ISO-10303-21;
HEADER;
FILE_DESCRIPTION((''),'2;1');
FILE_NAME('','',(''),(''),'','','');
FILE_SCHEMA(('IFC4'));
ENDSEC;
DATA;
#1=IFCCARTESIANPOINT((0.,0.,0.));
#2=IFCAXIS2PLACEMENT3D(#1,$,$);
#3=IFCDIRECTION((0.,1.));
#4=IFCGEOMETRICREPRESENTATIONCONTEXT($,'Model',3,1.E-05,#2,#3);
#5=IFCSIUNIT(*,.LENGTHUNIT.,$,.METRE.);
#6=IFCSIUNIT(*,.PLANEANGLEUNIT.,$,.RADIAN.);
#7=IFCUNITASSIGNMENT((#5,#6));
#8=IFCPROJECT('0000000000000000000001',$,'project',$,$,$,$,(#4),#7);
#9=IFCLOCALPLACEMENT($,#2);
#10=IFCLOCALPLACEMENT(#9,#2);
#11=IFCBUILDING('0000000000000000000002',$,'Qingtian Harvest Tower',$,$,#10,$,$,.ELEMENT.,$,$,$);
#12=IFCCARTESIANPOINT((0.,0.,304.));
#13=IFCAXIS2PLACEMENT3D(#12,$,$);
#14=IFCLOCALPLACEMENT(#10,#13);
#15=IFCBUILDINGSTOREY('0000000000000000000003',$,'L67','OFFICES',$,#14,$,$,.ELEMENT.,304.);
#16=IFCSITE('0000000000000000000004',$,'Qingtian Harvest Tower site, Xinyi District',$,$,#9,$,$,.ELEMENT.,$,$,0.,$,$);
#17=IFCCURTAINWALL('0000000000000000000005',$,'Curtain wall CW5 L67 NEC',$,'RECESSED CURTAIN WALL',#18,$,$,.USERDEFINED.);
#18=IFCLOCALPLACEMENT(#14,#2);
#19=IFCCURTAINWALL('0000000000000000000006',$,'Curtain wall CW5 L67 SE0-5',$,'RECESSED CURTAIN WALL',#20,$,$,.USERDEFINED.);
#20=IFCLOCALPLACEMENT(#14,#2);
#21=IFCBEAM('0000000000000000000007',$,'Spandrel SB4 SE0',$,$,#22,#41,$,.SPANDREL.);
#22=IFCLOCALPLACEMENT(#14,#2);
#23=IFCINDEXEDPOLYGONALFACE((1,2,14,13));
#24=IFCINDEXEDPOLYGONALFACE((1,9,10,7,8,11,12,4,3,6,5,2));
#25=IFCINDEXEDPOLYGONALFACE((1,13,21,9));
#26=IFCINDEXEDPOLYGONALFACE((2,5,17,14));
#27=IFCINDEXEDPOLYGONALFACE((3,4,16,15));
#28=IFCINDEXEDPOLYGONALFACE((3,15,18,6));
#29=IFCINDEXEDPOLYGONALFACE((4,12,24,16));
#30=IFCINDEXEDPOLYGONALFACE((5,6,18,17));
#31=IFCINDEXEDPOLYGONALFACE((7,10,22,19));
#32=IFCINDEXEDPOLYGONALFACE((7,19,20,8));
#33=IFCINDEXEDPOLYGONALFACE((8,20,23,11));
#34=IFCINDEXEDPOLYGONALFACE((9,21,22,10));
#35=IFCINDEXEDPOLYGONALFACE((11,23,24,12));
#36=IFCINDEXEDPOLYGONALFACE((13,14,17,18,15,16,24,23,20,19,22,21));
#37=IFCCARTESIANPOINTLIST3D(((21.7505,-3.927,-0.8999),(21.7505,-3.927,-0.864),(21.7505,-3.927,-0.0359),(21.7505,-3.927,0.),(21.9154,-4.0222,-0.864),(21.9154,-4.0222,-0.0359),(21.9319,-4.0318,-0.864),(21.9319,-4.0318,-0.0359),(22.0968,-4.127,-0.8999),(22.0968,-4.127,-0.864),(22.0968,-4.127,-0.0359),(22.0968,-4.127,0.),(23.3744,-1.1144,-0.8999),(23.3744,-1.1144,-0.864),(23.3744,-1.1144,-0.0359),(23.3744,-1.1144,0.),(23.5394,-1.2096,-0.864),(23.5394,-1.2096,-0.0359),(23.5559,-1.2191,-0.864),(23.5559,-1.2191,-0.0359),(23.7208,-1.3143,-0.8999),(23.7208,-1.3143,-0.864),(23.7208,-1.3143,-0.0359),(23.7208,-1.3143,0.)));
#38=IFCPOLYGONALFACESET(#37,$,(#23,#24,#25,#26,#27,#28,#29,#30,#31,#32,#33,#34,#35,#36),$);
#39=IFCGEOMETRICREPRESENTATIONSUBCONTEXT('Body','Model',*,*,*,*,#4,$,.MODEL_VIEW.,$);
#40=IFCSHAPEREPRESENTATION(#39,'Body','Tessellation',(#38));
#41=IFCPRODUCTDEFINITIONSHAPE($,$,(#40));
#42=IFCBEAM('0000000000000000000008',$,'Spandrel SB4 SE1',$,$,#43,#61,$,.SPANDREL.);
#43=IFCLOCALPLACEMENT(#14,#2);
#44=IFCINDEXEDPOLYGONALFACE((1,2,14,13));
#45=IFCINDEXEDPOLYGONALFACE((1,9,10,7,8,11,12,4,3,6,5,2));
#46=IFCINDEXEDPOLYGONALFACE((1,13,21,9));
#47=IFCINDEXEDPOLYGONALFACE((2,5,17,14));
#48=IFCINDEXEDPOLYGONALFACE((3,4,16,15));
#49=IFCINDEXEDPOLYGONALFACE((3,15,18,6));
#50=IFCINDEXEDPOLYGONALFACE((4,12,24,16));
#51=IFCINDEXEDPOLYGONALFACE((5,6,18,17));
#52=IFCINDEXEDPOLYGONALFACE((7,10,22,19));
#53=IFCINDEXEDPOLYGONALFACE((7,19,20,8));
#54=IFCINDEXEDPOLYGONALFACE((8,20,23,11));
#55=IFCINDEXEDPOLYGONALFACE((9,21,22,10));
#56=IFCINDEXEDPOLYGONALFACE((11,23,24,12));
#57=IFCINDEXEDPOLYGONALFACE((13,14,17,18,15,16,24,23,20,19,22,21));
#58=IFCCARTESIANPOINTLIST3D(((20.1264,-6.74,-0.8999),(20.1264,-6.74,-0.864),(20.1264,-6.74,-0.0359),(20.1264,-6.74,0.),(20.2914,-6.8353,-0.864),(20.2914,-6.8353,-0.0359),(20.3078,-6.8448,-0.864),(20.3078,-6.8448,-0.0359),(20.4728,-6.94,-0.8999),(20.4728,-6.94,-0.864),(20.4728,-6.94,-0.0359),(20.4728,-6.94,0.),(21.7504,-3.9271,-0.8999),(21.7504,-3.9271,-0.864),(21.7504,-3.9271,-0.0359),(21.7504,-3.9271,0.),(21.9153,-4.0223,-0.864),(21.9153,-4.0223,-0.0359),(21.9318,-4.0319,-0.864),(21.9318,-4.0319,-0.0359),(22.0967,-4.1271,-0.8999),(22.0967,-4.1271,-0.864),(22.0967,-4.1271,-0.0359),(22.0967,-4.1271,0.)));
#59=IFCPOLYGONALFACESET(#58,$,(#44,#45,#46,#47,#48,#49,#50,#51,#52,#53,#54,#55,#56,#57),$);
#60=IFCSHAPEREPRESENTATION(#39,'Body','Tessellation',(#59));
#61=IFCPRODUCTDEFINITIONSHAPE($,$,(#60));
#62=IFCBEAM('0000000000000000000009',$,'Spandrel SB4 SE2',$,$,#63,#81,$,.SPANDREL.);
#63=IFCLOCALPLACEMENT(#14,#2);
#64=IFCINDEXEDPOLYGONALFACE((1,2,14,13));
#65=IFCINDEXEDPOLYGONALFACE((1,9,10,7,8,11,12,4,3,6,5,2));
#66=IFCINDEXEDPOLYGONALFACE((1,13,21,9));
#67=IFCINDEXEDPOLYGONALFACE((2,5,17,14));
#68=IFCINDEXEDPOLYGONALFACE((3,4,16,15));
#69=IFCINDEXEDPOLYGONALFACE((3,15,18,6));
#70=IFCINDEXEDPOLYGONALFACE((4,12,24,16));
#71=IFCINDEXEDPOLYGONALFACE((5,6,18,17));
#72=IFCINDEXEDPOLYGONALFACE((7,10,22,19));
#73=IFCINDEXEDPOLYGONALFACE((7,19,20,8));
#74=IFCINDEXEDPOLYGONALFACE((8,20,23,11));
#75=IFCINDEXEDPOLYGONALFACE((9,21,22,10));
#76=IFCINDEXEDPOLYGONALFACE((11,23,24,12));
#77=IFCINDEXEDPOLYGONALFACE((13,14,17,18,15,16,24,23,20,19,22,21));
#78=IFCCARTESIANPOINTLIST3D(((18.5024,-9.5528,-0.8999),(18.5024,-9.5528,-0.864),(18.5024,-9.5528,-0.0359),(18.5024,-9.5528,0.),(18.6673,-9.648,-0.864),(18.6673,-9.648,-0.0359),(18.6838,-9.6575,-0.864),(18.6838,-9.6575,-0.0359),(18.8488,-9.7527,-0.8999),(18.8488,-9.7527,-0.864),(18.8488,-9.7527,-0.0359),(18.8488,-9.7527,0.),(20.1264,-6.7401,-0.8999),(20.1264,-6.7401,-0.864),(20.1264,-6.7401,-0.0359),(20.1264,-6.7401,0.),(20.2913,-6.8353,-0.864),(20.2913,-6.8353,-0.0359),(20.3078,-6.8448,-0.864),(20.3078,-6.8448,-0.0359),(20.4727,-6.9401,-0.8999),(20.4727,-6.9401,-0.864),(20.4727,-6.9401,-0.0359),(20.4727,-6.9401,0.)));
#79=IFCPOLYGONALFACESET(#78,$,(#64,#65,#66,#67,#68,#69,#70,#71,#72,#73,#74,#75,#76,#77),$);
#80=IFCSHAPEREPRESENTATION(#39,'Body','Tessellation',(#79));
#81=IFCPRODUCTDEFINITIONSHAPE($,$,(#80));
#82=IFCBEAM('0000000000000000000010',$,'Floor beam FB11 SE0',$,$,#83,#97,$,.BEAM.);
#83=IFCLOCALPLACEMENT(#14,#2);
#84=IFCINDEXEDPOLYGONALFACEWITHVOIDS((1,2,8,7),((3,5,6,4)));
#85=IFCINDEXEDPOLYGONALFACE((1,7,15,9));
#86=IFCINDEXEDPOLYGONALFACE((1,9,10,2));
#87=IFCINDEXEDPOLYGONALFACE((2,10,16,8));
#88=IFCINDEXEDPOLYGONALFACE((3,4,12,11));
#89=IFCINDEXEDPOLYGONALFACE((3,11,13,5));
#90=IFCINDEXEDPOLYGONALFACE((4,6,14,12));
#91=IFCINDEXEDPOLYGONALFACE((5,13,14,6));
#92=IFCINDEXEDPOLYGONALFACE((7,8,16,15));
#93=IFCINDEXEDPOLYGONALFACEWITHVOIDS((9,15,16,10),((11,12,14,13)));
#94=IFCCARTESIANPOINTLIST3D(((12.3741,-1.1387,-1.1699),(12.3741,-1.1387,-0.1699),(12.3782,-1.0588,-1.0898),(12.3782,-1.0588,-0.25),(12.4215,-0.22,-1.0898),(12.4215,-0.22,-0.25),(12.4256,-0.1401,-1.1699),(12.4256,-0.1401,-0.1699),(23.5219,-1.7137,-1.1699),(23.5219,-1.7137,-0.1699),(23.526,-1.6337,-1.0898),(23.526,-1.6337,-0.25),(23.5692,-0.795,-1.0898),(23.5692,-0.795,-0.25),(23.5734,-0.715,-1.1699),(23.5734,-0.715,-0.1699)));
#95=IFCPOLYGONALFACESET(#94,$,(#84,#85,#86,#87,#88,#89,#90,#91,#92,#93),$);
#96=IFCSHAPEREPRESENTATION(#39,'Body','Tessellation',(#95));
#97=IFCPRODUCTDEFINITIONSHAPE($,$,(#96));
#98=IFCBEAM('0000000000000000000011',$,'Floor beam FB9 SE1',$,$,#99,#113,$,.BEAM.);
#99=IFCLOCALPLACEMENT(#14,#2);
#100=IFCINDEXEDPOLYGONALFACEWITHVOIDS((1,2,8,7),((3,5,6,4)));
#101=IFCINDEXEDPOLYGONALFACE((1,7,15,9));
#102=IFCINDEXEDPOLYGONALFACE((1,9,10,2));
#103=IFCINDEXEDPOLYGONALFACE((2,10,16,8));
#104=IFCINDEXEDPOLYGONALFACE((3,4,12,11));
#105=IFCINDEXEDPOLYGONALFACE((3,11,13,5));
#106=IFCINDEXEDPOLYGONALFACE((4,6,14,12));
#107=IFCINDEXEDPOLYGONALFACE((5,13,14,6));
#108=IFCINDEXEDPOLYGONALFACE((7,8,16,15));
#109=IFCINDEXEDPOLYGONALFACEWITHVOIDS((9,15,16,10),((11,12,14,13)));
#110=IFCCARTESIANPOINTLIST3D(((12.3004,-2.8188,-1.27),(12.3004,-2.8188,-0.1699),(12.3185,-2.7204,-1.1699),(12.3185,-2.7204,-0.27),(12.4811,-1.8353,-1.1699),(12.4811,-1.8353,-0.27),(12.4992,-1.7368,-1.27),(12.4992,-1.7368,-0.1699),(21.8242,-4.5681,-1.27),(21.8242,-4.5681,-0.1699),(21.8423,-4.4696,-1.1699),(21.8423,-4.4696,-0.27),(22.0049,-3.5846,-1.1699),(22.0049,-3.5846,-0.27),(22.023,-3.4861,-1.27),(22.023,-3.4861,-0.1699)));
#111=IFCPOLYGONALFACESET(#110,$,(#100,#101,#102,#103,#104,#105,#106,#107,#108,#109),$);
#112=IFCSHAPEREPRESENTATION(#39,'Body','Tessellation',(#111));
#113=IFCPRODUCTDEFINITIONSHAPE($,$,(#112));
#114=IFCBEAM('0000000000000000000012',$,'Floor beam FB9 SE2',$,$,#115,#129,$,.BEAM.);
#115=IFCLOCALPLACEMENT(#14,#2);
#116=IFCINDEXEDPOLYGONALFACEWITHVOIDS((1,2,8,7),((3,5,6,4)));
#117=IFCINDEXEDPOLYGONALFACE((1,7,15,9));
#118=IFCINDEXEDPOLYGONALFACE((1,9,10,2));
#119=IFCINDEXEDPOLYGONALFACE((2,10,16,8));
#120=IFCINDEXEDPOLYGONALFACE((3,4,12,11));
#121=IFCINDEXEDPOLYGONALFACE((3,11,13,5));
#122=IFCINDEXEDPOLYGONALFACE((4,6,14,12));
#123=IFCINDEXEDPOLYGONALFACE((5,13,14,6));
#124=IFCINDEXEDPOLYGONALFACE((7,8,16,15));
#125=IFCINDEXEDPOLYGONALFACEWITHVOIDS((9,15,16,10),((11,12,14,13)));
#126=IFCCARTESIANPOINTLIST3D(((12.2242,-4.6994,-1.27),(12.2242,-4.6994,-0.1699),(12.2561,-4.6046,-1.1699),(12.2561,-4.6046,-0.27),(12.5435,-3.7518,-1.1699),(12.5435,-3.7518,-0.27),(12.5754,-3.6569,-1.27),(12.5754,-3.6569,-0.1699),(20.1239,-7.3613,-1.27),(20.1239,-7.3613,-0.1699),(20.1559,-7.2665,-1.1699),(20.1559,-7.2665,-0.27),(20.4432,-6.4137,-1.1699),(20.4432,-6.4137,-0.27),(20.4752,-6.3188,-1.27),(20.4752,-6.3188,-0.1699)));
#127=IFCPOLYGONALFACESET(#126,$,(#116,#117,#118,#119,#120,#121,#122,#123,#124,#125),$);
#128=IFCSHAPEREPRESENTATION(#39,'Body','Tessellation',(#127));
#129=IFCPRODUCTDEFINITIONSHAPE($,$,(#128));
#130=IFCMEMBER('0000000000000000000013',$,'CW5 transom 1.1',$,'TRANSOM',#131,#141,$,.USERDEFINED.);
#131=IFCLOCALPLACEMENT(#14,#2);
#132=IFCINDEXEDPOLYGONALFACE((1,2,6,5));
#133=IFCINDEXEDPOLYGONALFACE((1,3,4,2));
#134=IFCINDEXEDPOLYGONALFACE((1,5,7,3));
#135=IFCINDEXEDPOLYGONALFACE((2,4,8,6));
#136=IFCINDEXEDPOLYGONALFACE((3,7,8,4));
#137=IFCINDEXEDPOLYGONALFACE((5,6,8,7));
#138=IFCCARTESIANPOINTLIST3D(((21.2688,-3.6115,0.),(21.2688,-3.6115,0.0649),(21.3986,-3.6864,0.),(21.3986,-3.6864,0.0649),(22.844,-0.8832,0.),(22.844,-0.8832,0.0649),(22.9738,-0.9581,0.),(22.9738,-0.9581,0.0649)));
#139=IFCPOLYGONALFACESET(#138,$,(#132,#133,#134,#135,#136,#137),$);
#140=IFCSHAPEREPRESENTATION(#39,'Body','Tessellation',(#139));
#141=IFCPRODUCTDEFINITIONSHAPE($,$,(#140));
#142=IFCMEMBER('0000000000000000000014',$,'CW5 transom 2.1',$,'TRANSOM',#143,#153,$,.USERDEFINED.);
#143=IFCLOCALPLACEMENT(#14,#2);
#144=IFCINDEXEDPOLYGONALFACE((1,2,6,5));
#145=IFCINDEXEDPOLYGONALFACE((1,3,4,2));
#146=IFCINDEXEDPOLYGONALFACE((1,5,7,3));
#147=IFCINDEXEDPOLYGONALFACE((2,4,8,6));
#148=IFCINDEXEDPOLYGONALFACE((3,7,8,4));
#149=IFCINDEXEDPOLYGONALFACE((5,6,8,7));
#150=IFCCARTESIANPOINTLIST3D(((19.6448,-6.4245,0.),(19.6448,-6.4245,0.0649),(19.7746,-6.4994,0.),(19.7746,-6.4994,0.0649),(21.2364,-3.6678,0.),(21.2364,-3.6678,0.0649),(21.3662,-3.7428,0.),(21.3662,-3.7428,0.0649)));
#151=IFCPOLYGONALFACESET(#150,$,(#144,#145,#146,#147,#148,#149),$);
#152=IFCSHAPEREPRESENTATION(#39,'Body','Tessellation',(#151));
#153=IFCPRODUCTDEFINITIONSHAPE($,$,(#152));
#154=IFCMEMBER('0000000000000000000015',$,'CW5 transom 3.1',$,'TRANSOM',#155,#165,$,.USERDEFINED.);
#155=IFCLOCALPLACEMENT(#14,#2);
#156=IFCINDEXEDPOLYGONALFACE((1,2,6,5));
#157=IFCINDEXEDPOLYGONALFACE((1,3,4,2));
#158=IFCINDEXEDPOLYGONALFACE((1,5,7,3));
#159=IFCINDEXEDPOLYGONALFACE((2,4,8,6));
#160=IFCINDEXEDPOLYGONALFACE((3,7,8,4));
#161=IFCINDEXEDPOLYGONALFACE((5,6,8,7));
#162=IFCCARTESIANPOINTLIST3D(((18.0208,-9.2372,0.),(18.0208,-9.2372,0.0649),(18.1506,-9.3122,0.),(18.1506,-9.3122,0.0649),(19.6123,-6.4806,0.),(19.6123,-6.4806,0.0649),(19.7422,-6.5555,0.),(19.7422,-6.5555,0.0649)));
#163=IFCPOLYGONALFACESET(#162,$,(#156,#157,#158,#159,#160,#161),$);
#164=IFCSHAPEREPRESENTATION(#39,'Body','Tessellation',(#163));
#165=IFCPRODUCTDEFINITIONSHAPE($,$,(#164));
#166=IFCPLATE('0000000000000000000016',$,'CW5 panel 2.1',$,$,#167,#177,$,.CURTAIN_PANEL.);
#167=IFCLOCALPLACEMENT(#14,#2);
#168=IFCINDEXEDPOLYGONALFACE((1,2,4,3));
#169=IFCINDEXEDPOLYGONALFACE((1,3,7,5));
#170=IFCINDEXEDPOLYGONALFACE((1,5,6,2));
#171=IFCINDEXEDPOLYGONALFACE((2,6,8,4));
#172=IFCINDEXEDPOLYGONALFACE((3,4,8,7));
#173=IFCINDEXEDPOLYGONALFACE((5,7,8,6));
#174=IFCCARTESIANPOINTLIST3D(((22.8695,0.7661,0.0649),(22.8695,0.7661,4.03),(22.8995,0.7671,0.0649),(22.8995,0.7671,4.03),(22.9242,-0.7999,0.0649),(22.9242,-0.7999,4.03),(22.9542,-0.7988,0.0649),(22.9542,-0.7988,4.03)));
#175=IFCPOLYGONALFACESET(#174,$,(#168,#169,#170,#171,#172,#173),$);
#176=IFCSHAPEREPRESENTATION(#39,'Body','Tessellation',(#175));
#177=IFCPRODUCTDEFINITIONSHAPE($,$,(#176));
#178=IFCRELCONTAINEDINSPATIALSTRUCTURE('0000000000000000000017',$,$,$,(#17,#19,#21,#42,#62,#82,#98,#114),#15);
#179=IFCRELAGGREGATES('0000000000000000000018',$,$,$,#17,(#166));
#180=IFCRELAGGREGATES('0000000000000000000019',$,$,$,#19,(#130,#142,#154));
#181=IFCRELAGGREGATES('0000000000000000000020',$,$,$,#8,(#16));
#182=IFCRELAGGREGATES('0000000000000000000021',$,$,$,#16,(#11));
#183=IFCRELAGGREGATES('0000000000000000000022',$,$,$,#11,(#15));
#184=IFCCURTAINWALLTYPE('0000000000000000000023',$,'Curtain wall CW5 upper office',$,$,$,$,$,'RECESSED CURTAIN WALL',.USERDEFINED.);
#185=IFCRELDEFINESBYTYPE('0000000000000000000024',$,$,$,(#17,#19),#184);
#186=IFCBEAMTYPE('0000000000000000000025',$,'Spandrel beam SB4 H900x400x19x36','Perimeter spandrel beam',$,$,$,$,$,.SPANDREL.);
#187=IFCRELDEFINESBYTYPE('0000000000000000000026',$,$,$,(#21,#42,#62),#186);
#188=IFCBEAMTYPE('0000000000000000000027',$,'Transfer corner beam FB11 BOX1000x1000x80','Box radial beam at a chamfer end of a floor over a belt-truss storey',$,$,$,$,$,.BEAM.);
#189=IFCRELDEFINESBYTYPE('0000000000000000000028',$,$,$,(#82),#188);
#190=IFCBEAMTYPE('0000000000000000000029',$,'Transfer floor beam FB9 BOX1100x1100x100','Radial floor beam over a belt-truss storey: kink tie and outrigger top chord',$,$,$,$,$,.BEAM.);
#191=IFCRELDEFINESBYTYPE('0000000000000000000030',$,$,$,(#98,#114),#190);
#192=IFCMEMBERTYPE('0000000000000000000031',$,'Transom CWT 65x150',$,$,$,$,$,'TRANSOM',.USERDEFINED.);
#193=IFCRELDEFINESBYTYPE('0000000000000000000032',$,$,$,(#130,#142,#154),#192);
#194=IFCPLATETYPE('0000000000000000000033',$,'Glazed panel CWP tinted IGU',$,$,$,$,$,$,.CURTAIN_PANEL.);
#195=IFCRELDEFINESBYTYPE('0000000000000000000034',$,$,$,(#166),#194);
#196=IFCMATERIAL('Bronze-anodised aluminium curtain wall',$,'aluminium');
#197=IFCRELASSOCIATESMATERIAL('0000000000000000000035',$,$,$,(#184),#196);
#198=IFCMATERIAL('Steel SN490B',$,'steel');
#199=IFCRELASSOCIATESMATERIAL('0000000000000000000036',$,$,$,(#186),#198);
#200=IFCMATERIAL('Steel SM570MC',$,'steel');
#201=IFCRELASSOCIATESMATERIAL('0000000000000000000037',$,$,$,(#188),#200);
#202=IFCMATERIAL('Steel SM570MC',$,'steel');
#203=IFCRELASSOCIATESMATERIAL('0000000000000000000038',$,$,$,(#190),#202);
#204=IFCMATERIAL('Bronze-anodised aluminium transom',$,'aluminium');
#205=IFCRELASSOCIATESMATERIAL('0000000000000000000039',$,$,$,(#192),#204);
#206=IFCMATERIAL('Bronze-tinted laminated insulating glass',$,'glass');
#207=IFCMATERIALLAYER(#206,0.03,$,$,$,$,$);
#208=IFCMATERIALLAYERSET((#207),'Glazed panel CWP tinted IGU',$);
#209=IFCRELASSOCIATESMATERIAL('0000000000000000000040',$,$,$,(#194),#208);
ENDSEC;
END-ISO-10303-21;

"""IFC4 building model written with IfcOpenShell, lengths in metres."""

from ifc_helpers import new_model, si_unit, direction, frame, origin, origin_2d, place, context, subcontext, project, spatial, rectangle, hollow_rectangle, i_section, extrude, material, layer, layer_set, material_profile, profile_set, type_object, element, aggregate, save


model = new_model("IFC4")

# Units and contexts
model_context = context("Model", 3, precision=1e-05, world=origin(), true_north=direction((0.0, 1.0)))
body_context = subcontext(model_context, "Body", "Model", "MODEL_VIEW")
ifc_project = project(units=[si_unit("LENGTHUNIT", "METRE"), si_unit("PLANEANGLEUNIT", "RADIAN")], contexts=[model_context])

# Site, building, storey
site_placement = place(None, origin())
site = spatial("IfcSite", under=ifc_project, at=site_placement, Name="Qingtian Harvest Tower site, Xinyi District", CompositionType="ELEMENT", RefElevation=0.0)
building_placement = place(site_placement, origin())
building = spatial("IfcBuilding", under=site, at=building_placement, Name="Qingtian Harvest Tower", CompositionType="ELEMENT")
storey_placement = place(building_placement, frame((0.0, 0.0, 304.0)))
storey = spatial("IfcBuildingStorey", under=building, at=storey_placement, Name="L67", Description="OFFICES", CompositionType="ELEMENT", Elevation=304.0)

# Curtain wall
ifc_material_1 = material(Name="Bronze-anodised aluminium curtain wall", Category="aluminium")
curtain_wall_type = type_object("IfcCurtainWallType", Name="Curtain wall CW5 upper office", ElementType="RECESSED CURTAIN WALL", PredefinedType="USERDEFINED", material=ifc_material_1)
curtain_wall_1_placement = place(storey_placement, origin())
curtain_wall_1 = element("IfcCurtainWall", 1, at=curtain_wall_1_placement, inside=storey, type_object=curtain_wall_type, Name="Curtain wall CW5 L67 NEC", ObjectType="RECESSED CURTAIN WALL", PredefinedType="USERDEFINED")

# Curtain wall
curtain_wall_2_placement = place(storey_placement, origin())
curtain_wall_2 = element("IfcCurtainWall", 2, at=curtain_wall_2_placement, inside=storey, type_object=curtain_wall_type, Name="Curtain wall CW5 L67 SE0-5", ObjectType="RECESSED CURTAIN WALL", PredefinedType="USERDEFINED")

# Beams
ifc_material_2 = material(Name="Steel SN490B", Category="steel")
ifc_material_profile_1 = material_profile(ifc_material_2, i_section(OverallWidth=0.3999, OverallDepth=0.8999, WebThickness=0.019, FlangeThickness=0.0359, at=origin_2d()), Name="H900x400x19x36")
ifc_profile_set_1 = profile_set([ifc_material_profile_1], Name="Steel SN490B")
beam_type_1 = type_object("IfcBeamType", Name="Spandrel beam SB4 H900x400x19x36", Description="Perimeter spandrel beam", PredefinedType="SPANDREL", material=ifc_profile_set_1)
beam_1_placement = place(storey_placement, frame((23.5476, -1.2144, -0.45), z_axis=(-0.50002, -0.866014, 0.0), x_axis=(0.866014, -0.50002, 0.0)))
element("IfcBeam", 3, at=beam_1_placement, inside=storey, type_object=beam_type_1, Name="Spandrel SB4 SE0", PredefinedType="SPANDREL", context=body_context, shape_type="SweptSolid", body=[
    extrude(i_section(OverallWidth=0.3999, OverallDepth=0.8999, WebThickness=0.019, FlangeThickness=0.0359, at=origin_2d()), origin(), (0.0, 0.0, 1.0), 3.2478),
])
beam_2_placement = place(storey_placement, frame((21.9236, -4.0271, -0.45), z_axis=(-0.499987, -0.866033, 0.0), x_axis=(0.866033, -0.499987, 0.0)))
element("IfcBeam", 4, at=beam_2_placement, inside=storey, type_object=beam_type_1, Name="Spandrel SB4 SE1", PredefinedType="SPANDREL", context=body_context, shape_type="SweptSolid", body=[
    extrude(i_section(OverallWidth=0.3999, OverallDepth=0.8999, WebThickness=0.019, FlangeThickness=0.0359, at=origin_2d()), origin(), (0.0, 0.0, 1.0), 3.248),
])
beam_3_placement = place(storey_placement, frame((20.2996, -6.8401, -0.45), z_axis=(-0.50002, -0.866014, 0.0), x_axis=(0.866014, -0.50002, 0.0)))
element("IfcBeam", 5, at=beam_3_placement, inside=storey, type_object=beam_type_1, Name="Spandrel SB4 SE2", PredefinedType="SPANDREL", context=body_context, shape_type="SweptSolid", body=[
    extrude(i_section(OverallWidth=0.3999, OverallDepth=0.8999, WebThickness=0.019, FlangeThickness=0.0359, at=origin_2d()), origin(), (0.0, 0.0, 1.0), 3.2478),
])
ifc_material_3 = material(Name="Steel SM570MC", Category="steel")
ifc_material_profile_2 = material_profile(ifc_material_3, hollow_rectangle(XDim=1.0, YDim=1.0, WallThickness=0.0801, at=origin_2d()), Name="BOX1000x1000x80")
ifc_profile_set_2 = profile_set([ifc_material_profile_2], Name="Steel SM570MC")
beam_type_2 = type_object("IfcBeamType", Name="Transfer corner beam FB11 BOX1000x1000x80", Description="Box radial beam at a chamfer end of a floor over a belt-truss storey", PredefinedType="BEAM", material=ifc_profile_set_2)
beam_4_placement = place(storey_placement, frame((23.5476, -1.2144, -0.6699), z_axis=(-0.998673, 0.051507, 0.0), x_axis=(-0.051507, -0.998673, 0.0)))
element("IfcBeam", 6, at=beam_4_placement, inside=storey, type_object=beam_type_2, Name="Floor beam FB11 SE0", PredefinedType="BEAM", context=body_context, shape_type="SweptSolid", body=[
    extrude(hollow_rectangle(XDim=1.0, YDim=1.0, WallThickness=0.0801, at=origin_2d()), origin(), (0.0, 0.0, 1.0), 11.1626),
])
ifc_material_4 = material(Name="Steel SM570MC", Category="steel")
ifc_material_profile_3 = material_profile(ifc_material_4, hollow_rectangle(XDim=1.1001, YDim=1.1001, WallThickness=0.1001, at=origin_2d()), Name="BOX1100x1100x100")
ifc_profile_set_3 = profile_set([ifc_material_profile_3], Name="Steel SM570MC")
beam_type_3 = type_object("IfcBeamType", Name="Transfer floor beam FB9 BOX1100x1100x100", Description="Radial floor beam over a belt-truss storey: kink tie and outrigger top chord", PredefinedType="BEAM", material=ifc_profile_set_3)
beam_5_placement = place(storey_placement, frame((21.9236, -4.0271, -0.72), z_axis=(-0.983547, 0.180654, 0.0), x_axis=(-0.180654, -0.983547, 0.0)))
element("IfcBeam", 7, at=beam_5_placement, inside=storey, type_object=beam_type_3, Name="Floor beam FB9 SE1", PredefinedType="BEAM", context=body_context, shape_type="SweptSolid", body=[
    extrude(hollow_rectangle(XDim=1.1001, YDim=1.1001, WallThickness=0.1001, at=origin_2d()), origin(), (0.0, 0.0, 1.0), 9.6831),
])
beam_6_placement = place(storey_placement, frame((20.2996, -6.8401, -0.72), z_axis=(-0.947647, 0.319319, 0.0), x_axis=(-0.319319, -0.947647, 0.0)))
element("IfcBeam", 8, at=beam_6_placement, inside=storey, type_object=beam_type_3, Name="Floor beam FB9 SE2", PredefinedType="BEAM", context=body_context, shape_type="SweptSolid", body=[
    extrude(hollow_rectangle(XDim=1.1001, YDim=1.1001, WallThickness=0.1001, at=origin_2d()), origin(), (0.0, 0.0, 1.0), 8.3362),
])

# Members
ifc_material_5 = material(Name="Bronze-anodised aluminium transom", Category="aluminium")
ifc_material_profile_4 = material_profile(ifc_material_5, rectangle(XDim=0.1499, YDim=0.0649, at=origin_2d()), Name="AL 65x150")
ifc_profile_set_4 = profile_set([ifc_material_profile_4], Name="Bronze-anodised aluminium transom")
member_type_1 = type_object("IfcMemberType", Name="Transom CWT 65x150", ElementType="TRANSOM", PredefinedType="USERDEFINED", material=ifc_profile_set_4)
member_1_placement = place(storey_placement, frame((22.9089, -0.9207, 0.0325), z_axis=(-0.500006, -0.866022, 0.0), x_axis=(0.866022, -0.500006, 0.0)))
member_1 = element("IfcMember", 9, at=member_1_placement, type_object=member_type_1, Name="CW5 transom 1.1", ObjectType="TRANSOM", PredefinedType="USERDEFINED", context=body_context, shape_type="SweptSolid", body=[
    extrude(rectangle(XDim=0.1499, YDim=0.0649, at=origin_2d()), origin(), (0.0, 0.0, 1.0), 3.1504),
])
member_2_placement = place(storey_placement, frame((21.3013, -3.7053, 0.0325), z_axis=(-0.500008, -0.866021, 0.0), x_axis=(0.866021, -0.500008, 0.0)))
member_2 = element("IfcMember", 10, at=member_2_placement, type_object=member_type_1, Name="CW5 transom 2.1", ObjectType="TRANSOM", PredefinedType="USERDEFINED", context=body_context, shape_type="SweptSolid", body=[
    extrude(rectangle(XDim=0.1499, YDim=0.0649, at=origin_2d()), origin(), (0.0, 0.0, 1.0), 3.1831),
])
member_3_placement = place(storey_placement, frame((19.6772, -6.5181, 0.0325), z_axis=(-0.500008, -0.866021, 0.0), x_axis=(0.866021, -0.500008, 0.0)))
member_3 = element("IfcMember", 11, at=member_3_placement, type_object=member_type_1, Name="CW5 transom 3.1", ObjectType="TRANSOM", PredefinedType="USERDEFINED", context=body_context, shape_type="SweptSolid", body=[
    extrude(rectangle(XDim=0.1499, YDim=0.0649, at=origin_2d()), origin(), (0.0, 0.0, 1.0), 3.1831),
])

# Plate
ifc_material_6 = material(Name="Bronze-tinted laminated insulating glass", Category="glass")
ifc_layer_1 = layer(ifc_material_6, 0.03)
ifc_layer_set_1 = layer_set([ifc_layer_1], Name="Glazed panel CWP tinted IGU")
plate_type = type_object("IfcPlateType", Name="Glazed panel CWP tinted IGU", PredefinedType="CURTAIN_PANEL", material=ifc_layer_set_1)
plate_1_placement = place(storey_placement, frame((22.9119, -0.0164, 0.0649), z_axis=(0.0, 0.0, 1.0), x_axis=(0.034899, -0.999391, 0.0)))
plate_1 = element("IfcPlate", 12, at=plate_1_placement, type_object=plate_type, Name="CW5 panel 2.1", PredefinedType="CURTAIN_PANEL", context=body_context, shape_type="SweptSolid", body=[
    extrude(rectangle(XDim=1.5669, YDim=0.03, at=origin_2d()), origin(), (0.0, 0.0, 1.0), 3.9651),
])
aggregate(curtain_wall_1, [plate_1])
aggregate(curtain_wall_2, [member_1, member_2, member_3])

save(model, "model.ifc")
